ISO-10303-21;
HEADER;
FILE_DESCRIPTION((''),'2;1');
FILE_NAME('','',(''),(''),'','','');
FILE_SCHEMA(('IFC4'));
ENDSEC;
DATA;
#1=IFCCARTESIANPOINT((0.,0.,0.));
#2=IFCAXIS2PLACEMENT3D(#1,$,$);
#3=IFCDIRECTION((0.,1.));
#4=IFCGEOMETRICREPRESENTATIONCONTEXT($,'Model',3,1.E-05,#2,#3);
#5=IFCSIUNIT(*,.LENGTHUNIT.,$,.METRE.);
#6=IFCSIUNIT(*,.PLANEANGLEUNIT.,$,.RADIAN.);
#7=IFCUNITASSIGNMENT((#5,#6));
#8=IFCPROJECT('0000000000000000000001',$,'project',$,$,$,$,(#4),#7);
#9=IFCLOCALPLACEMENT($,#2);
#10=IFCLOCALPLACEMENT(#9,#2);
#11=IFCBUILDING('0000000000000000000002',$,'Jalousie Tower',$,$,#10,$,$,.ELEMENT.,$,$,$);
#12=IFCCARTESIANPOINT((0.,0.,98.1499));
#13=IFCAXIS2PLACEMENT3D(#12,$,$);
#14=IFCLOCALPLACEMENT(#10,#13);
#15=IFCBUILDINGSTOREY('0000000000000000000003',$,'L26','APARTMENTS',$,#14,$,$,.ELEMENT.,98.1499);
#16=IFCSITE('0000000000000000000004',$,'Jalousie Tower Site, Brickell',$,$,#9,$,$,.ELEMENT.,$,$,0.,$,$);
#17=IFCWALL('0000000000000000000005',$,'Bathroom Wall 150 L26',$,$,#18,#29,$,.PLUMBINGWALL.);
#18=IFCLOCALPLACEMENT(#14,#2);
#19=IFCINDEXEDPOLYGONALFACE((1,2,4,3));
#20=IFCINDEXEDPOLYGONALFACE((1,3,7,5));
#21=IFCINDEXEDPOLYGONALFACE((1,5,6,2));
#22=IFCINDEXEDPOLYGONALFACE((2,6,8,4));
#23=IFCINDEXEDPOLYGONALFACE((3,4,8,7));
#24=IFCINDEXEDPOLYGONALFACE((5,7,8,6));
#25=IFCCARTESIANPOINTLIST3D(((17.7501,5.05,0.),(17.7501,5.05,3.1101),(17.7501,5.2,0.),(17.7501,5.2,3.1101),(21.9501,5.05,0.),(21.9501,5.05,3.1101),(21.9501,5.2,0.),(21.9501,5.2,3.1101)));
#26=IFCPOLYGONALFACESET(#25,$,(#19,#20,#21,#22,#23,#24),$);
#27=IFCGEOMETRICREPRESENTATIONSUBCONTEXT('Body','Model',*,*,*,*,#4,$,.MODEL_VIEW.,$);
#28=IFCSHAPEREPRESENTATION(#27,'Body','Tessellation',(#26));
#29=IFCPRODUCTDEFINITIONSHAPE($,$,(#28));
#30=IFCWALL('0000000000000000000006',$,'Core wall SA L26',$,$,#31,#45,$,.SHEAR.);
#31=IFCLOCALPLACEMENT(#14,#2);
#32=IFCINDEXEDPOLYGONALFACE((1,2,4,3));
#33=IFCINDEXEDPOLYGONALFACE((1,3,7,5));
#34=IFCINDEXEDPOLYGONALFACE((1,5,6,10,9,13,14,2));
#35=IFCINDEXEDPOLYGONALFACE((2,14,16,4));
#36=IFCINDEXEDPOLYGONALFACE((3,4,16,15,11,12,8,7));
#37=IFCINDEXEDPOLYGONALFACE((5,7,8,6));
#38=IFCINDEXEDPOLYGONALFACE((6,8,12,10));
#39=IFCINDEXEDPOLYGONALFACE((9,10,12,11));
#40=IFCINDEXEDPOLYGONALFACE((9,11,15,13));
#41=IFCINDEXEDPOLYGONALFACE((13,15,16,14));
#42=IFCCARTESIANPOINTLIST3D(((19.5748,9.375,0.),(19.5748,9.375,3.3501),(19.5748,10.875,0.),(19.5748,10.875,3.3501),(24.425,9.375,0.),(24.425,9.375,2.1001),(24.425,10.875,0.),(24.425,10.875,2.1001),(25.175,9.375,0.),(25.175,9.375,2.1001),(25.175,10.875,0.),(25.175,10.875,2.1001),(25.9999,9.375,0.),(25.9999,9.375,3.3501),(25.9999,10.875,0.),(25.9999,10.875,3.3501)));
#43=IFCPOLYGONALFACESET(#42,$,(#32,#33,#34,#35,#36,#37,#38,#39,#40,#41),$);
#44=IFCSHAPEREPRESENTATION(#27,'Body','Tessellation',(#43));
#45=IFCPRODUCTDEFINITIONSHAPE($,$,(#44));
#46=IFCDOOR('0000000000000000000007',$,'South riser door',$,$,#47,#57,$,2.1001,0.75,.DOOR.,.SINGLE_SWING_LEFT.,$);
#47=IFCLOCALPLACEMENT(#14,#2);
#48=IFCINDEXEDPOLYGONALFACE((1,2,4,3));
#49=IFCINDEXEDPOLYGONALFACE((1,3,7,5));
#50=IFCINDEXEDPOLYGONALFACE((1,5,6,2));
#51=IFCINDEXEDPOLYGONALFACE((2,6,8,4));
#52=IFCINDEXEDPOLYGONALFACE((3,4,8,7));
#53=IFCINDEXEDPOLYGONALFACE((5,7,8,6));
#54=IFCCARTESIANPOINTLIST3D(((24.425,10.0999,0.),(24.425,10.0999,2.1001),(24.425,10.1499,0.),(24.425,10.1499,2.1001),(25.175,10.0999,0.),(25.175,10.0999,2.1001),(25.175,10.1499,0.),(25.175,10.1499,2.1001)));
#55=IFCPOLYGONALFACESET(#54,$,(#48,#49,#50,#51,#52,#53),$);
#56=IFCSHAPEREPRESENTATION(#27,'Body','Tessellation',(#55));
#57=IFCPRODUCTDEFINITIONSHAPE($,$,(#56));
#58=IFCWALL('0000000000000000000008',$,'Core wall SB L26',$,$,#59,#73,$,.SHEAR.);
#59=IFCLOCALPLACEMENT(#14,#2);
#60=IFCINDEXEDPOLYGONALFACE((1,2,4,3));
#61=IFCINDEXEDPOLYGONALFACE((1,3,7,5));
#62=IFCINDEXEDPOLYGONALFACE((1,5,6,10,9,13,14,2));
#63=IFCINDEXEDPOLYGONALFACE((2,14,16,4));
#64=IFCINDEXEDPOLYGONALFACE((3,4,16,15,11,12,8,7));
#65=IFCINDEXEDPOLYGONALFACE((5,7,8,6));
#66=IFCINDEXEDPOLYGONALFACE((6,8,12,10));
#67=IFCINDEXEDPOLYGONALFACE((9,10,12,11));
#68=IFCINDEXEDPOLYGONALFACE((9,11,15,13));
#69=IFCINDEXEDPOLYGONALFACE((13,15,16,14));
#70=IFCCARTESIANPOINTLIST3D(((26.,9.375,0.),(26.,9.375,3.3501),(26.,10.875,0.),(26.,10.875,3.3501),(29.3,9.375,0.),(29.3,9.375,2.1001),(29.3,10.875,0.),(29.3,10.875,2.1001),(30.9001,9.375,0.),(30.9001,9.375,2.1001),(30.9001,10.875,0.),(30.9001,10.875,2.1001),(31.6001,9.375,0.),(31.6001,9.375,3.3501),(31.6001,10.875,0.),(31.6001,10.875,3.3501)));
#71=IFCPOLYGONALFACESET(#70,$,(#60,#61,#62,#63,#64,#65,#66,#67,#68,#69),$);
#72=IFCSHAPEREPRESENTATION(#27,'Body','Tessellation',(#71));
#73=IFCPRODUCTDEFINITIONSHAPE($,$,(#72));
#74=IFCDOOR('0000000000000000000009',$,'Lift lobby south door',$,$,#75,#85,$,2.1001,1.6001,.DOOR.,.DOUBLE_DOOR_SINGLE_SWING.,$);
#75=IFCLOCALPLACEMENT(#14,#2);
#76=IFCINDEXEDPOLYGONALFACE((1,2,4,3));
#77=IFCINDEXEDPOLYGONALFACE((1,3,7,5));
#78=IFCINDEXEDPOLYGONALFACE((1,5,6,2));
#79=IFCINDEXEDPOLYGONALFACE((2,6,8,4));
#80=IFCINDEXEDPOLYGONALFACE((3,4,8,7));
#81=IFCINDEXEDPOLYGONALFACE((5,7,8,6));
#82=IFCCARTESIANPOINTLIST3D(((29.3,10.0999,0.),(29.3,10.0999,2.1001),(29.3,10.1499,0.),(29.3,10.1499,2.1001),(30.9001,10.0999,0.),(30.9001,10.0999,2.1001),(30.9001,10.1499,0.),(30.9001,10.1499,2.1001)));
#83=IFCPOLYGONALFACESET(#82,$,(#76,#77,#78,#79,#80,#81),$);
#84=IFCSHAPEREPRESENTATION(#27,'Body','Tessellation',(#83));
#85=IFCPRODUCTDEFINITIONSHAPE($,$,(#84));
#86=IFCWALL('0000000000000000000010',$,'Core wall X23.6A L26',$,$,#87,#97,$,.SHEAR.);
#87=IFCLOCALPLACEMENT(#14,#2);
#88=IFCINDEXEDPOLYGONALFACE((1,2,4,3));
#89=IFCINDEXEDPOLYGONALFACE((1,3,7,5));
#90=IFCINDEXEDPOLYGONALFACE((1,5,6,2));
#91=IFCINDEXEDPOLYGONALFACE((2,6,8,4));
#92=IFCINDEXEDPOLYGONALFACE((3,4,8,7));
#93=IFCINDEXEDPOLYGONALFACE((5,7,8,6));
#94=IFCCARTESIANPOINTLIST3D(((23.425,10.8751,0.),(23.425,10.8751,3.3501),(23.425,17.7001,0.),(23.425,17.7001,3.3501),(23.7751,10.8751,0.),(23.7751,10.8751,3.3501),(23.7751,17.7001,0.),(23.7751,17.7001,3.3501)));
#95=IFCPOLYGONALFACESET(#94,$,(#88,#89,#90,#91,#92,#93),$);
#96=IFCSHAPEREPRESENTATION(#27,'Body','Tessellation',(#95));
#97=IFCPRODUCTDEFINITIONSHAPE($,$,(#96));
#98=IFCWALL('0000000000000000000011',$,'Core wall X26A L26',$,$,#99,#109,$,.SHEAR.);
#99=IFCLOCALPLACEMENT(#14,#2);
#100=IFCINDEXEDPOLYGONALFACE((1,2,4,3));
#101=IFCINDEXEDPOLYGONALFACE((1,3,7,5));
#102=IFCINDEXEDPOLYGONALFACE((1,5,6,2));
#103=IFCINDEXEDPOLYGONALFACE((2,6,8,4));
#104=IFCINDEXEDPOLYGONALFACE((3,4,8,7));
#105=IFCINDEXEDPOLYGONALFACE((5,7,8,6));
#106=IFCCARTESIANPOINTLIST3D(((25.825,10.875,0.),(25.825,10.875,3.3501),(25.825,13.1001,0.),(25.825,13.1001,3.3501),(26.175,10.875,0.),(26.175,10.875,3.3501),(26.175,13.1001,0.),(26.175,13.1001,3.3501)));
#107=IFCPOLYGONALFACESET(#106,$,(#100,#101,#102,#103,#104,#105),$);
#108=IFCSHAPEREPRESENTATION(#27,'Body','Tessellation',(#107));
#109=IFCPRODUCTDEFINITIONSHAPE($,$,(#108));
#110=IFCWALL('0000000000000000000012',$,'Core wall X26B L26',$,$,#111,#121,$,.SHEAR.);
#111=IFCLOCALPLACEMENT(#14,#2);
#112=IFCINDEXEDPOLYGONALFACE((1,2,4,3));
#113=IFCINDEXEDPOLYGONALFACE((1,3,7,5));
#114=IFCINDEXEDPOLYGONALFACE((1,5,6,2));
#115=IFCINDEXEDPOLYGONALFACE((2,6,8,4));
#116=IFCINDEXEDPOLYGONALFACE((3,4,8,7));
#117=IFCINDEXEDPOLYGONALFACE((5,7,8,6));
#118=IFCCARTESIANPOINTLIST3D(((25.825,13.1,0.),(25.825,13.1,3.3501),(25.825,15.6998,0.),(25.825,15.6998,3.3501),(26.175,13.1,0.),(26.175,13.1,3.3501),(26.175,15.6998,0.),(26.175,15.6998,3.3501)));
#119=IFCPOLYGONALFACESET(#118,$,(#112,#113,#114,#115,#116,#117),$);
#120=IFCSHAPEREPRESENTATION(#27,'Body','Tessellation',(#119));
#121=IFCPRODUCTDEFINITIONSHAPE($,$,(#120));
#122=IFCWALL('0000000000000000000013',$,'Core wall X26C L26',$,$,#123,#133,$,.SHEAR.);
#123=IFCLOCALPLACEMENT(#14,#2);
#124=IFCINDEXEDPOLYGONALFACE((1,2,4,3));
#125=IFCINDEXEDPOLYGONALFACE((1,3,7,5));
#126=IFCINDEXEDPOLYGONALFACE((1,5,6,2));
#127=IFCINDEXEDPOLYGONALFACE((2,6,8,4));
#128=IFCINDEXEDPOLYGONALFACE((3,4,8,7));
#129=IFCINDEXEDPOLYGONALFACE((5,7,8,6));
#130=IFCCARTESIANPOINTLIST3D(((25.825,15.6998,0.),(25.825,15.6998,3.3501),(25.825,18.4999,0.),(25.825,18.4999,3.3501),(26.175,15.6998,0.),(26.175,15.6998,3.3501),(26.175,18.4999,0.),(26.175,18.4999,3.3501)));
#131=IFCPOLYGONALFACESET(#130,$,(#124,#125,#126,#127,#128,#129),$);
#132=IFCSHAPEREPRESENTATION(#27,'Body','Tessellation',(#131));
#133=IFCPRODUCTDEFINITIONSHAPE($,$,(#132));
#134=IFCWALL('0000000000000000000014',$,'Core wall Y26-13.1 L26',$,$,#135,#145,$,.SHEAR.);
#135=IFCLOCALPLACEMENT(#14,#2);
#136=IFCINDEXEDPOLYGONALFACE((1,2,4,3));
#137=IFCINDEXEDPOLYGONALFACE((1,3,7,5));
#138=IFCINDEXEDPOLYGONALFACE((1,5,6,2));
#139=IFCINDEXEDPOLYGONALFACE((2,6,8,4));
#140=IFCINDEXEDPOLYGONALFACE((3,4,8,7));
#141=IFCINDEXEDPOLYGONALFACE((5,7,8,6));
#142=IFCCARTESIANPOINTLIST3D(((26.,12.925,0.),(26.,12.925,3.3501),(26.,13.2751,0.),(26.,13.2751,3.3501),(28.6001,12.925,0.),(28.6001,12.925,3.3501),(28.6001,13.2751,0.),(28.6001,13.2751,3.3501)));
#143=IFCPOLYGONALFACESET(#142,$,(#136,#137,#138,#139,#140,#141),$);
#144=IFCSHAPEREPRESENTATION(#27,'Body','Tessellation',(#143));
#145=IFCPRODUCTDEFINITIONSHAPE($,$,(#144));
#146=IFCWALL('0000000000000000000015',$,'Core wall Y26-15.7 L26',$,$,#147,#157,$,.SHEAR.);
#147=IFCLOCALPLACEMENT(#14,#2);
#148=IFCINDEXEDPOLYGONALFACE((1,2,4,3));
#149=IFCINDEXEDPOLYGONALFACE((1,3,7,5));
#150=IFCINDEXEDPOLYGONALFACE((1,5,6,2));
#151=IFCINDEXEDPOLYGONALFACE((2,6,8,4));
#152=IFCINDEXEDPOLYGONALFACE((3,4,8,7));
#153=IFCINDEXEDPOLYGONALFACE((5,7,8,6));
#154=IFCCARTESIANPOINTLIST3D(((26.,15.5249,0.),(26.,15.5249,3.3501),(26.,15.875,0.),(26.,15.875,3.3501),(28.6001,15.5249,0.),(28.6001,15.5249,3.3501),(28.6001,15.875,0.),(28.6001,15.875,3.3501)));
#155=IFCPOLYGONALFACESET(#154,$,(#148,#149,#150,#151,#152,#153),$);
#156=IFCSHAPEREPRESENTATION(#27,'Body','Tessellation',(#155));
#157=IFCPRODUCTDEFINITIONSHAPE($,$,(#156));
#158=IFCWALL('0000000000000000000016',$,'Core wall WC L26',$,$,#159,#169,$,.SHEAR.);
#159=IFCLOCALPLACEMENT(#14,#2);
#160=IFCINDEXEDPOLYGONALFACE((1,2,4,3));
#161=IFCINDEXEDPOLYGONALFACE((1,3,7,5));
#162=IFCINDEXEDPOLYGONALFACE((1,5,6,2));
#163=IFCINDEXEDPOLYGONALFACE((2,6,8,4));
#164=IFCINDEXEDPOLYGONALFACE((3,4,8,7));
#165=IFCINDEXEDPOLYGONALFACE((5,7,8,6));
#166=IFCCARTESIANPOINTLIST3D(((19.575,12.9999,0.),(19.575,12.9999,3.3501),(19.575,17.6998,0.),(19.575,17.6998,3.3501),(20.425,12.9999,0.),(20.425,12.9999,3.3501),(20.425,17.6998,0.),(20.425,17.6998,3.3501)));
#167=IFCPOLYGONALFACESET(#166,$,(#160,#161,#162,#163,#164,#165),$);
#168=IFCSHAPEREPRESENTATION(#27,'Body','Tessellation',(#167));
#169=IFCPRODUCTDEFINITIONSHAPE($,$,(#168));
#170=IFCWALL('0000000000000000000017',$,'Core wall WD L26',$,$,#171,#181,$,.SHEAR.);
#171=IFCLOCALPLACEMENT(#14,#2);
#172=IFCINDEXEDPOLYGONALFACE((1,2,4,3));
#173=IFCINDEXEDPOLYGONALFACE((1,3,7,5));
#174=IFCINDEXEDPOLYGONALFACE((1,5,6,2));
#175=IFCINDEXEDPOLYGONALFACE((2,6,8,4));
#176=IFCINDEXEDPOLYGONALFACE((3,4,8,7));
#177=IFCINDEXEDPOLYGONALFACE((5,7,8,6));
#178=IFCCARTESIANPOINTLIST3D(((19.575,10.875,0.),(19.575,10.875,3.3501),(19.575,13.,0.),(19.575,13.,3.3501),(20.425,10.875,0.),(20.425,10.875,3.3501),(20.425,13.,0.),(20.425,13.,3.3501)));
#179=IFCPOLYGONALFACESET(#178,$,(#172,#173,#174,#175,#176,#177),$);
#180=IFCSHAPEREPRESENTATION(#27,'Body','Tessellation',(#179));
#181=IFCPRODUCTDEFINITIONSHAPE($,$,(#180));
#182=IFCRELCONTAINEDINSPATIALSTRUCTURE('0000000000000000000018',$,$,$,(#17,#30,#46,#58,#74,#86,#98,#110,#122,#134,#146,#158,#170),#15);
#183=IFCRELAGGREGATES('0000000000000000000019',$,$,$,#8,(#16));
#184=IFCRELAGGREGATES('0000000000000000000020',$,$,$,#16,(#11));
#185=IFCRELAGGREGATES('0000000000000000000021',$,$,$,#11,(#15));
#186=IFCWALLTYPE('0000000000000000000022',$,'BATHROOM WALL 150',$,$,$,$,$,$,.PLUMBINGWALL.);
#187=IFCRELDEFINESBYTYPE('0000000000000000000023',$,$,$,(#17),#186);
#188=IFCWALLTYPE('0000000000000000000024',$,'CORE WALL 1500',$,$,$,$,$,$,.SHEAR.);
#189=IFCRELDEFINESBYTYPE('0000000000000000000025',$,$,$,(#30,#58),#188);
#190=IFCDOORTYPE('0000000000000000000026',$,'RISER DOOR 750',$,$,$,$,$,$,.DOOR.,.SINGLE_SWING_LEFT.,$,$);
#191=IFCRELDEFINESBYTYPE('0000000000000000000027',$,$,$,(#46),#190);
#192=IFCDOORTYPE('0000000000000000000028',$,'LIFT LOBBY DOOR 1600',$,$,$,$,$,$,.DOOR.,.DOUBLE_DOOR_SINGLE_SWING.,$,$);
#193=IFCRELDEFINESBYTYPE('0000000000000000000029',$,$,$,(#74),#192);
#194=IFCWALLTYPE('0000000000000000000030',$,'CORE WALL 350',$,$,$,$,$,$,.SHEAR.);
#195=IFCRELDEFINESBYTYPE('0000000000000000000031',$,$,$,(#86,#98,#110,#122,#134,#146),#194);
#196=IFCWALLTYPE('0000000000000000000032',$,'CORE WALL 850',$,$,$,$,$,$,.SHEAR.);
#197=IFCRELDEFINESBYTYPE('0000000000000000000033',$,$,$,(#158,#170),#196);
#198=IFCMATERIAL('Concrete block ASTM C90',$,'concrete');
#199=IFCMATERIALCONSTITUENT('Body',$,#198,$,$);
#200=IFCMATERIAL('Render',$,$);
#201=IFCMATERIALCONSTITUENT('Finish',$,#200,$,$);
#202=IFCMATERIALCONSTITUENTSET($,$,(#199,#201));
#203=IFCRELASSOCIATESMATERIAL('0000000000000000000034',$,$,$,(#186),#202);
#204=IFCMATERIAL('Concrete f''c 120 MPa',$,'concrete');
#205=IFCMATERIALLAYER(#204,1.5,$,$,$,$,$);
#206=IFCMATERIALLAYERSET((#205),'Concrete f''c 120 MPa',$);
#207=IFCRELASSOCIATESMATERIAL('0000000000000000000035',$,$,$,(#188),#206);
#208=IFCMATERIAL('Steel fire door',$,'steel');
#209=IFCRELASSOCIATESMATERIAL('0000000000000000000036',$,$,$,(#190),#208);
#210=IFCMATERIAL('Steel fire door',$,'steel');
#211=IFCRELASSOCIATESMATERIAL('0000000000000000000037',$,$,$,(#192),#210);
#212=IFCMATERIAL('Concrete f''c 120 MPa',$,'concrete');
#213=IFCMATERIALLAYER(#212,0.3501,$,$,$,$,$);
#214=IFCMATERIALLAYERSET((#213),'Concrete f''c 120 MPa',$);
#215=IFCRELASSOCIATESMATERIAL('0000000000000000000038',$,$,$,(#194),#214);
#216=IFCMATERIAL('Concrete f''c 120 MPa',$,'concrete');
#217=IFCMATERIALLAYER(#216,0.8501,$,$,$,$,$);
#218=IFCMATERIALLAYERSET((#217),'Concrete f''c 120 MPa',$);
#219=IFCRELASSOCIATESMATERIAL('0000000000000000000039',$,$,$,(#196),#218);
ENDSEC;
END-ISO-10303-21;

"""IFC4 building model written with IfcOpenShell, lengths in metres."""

from ifc_helpers import new_model, si_unit, direction, frame, frame_2d, origin, place, context, subcontext, project, spatial, rectangle, extrude, material, layer, layer_set, constituent, constituent_set, type_object, element, fill, save


model = new_model("IFC4")

# Units and contexts
model_context = context("Model", 3, precision=1e-05, world=origin(), true_north=direction((0.0, 1.0)))
body_context = subcontext(model_context, "Body", "Model", "MODEL_VIEW")
ifc_project = project(units=[si_unit("LENGTHUNIT", "METRE"), si_unit("PLANEANGLEUNIT", "RADIAN")], contexts=[model_context])

# Site, building, storey
site_placement = place(None, origin())
site = spatial("IfcSite", under=ifc_project, at=site_placement, Name="Jalousie Tower Site, Brickell", CompositionType="ELEMENT", RefElevation=0.0)
building_placement = place(site_placement, origin())
building = spatial("IfcBuilding", under=site, at=building_placement, Name="Jalousie Tower", CompositionType="ELEMENT")
storey_placement = place(building_placement, frame((0.0, 0.0, 98.1499)))
storey = spatial("IfcBuildingStorey", under=building, at=storey_placement, Name="L26", Description="APARTMENTS", CompositionType="ELEMENT", Elevation=98.1499)

# Wall
ifc_material_1 = material(Name="Concrete block ASTM C90", Category="concrete")
ifc_constituent_1 = constituent(ifc_material_1, Name="Body")
ifc_material_2 = material(Name="Render")
ifc_constituent_2 = constituent(ifc_material_2, Name="Finish")
ifc_constituent_set_1 = constituent_set(constituents=[ifc_constituent_1, ifc_constituent_2])
wall_type_1 = type_object("IfcWallType", Name="BATHROOM WALL 150", PredefinedType="PLUMBINGWALL", material=ifc_constituent_set_1)
wall_1_placement = place(storey_placement, frame((17.75, 5.125, 0.0), z_axis=(0.0, 0.0, 1.0), x_axis=(1.0, 0.0, 0.0)))
element("IfcWall", 1, at=wall_1_placement, inside=storey, type_object=wall_type_1, Name="Bathroom Wall 150 L26", PredefinedType="PLUMBINGWALL", context=body_context, shape_type="SweptSolid", body=[
    extrude(rectangle(XDim=4.2, YDim=0.1499, at=frame_2d((2.1001, 0.0))), origin(), (0.0, 0.0, 1.0), 3.1101),
])

# Walls, openings, doors
ifc_material_3 = material(Name="Concrete f'c 120 MPa", Category="concrete")
ifc_layer_1 = layer(ifc_material_3, 1.5)
ifc_layer_set_1 = layer_set([ifc_layer_1], Name="Concrete f'c 120 MPa")
wall_type_2 = type_object("IfcWallType", Name="CORE WALL 1500", PredefinedType="SHEAR", material=ifc_layer_set_1)
wall_2_placement = place(storey_placement, frame((19.575, 10.125, 0.0), z_axis=(0.0, 0.0, 1.0), x_axis=(1.0, 0.0, 0.0)))
wall_2 = element("IfcWall", 2, at=wall_2_placement, inside=storey, type_object=wall_type_2, Name="Core wall SA L26", PredefinedType="SHEAR", context=body_context, shape_type="SweptSolid", body=[
    extrude(rectangle(XDim=6.425, YDim=1.5, at=frame_2d((3.2124, 0.0))), origin(), (0.0, 0.0, 1.0), 3.3501),
])
opening_1_placement = place(wall_2_placement, frame((4.8501, 0.0, 0.0)))
opening_1 = element("IfcOpeningElement", 3, at=opening_1_placement, cuts=wall_2, PredefinedType="OPENING", context=body_context, shape_type="SweptSolid", body=[
    extrude(rectangle(XDim=0.75, YDim=2.1001, at=frame_2d((0.375, 1.05))), frame((0.0, 0.76, 0.0), z_axis=(0.0, -1.0, 0.0), x_axis=(1.0, 0.0, 0.0)), (0.0, 0.0, 1.0), 1.52),
])
ifc_material_4 = material(Name="Steel fire door", Category="steel")
door_type_1 = type_object("IfcDoorType", Name="RISER DOOR 750", OperationType="SINGLE_SWING_LEFT", PredefinedType="DOOR", material=ifc_material_4)
door_1_placement = place(opening_1_placement, origin())
door_1 = element("IfcDoor", 4, at=door_1_placement, inside=storey, type_object=door_type_1, Name="South riser door", OperationType="SINGLE_SWING_LEFT", OverallHeight=2.1001, OverallWidth=0.75, PredefinedType="DOOR", context=body_context, shape_type="SweptSolid", body=[
    extrude(rectangle(XDim=0.75, YDim=2.1001, at=frame_2d((0.375, 1.05))), frame((0.0, 0.0249, 0.0), z_axis=(0.0, -1.0, 0.0), x_axis=(1.0, 0.0, 0.0)), (0.0, 0.0, 1.0), 0.05),
])
fill(opening_1, door_1)
wall_3_placement = place(storey_placement, frame((26.0, 10.125, 0.0), z_axis=(0.0, 0.0, 1.0), x_axis=(1.0, 0.0, 0.0)))
wall_3 = element("IfcWall", 5, at=wall_3_placement, inside=storey, type_object=wall_type_2, Name="Core wall SB L26", PredefinedType="SHEAR", context=body_context, shape_type="SweptSolid", body=[
    extrude(rectangle(XDim=5.6001, YDim=1.5, at=frame_2d((2.8, 0.0))), origin(), (0.0, 0.0, 1.0), 3.3501),
])
opening_2_placement = place(wall_3_placement, frame((3.3, 0.0, 0.0)))
opening_2 = element("IfcOpeningElement", 6, at=opening_2_placement, cuts=wall_3, PredefinedType="OPENING", context=body_context, shape_type="SweptSolid", body=[
    extrude(rectangle(XDim=1.6001, YDim=2.1001, at=frame_2d((0.8, 1.05))), frame((0.0, 0.76, 0.0), z_axis=(0.0, -1.0, 0.0), x_axis=(1.0, 0.0, 0.0)), (0.0, 0.0, 1.0), 1.52),
])
ifc_material_5 = material(Name="Steel fire door", Category="steel")
door_type_2 = type_object("IfcDoorType", Name="LIFT LOBBY DOOR 1600", OperationType="DOUBLE_DOOR_SINGLE_SWING", PredefinedType="DOOR", material=ifc_material_5)
door_2_placement = place(opening_2_placement, origin())
door_2 = element("IfcDoor", 7, at=door_2_placement, inside=storey, type_object=door_type_2, Name="Lift lobby south door", OperationType="DOUBLE_DOOR_SINGLE_SWING", OverallHeight=2.1001, OverallWidth=1.6001, PredefinedType="DOOR", context=body_context, shape_type="SweptSolid", body=[
    extrude(rectangle(XDim=1.6001, YDim=2.1001, at=frame_2d((0.8, 1.05))), frame((0.0, 0.0249, 0.0), z_axis=(0.0, -1.0, 0.0), x_axis=(1.0, 0.0, 0.0)), (0.0, 0.0, 1.0), 0.05),
])
fill(opening_2, door_2)

# Walls
ifc_material_6 = material(Name="Concrete f'c 120 MPa", Category="concrete")
ifc_layer_2 = layer(ifc_material_6, 0.3501)
ifc_layer_set_2 = layer_set([ifc_layer_2], Name="Concrete f'c 120 MPa")
wall_type_3 = type_object("IfcWallType", Name="CORE WALL 350", PredefinedType="SHEAR", material=ifc_layer_set_2)
wall_4_placement = place(storey_placement, frame((23.6001, 10.875, 0.0), z_axis=(0.0, 0.0, 1.0), x_axis=(0.0, 1.0, 0.0)))
element("IfcWall", 8, at=wall_4_placement, inside=storey, type_object=wall_type_3, Name="Core wall X23.6A L26", PredefinedType="SHEAR", context=body_context, shape_type="SweptSolid", body=[
    extrude(rectangle(XDim=6.825, YDim=0.3501, at=frame_2d((3.4126, 0.0))), origin(), (0.0, 0.0, 1.0), 3.3501),
])
wall_5_placement = place(storey_placement, frame((26.0, 10.875, 0.0), z_axis=(0.0, 0.0, 1.0), x_axis=(0.0, 1.0, 0.0)))
element("IfcWall", 9, at=wall_5_placement, inside=storey, type_object=wall_type_3, Name="Core wall X26A L26", PredefinedType="SHEAR", context=body_context, shape_type="SweptSolid", body=[
    extrude(rectangle(XDim=2.2251, YDim=0.3501, at=frame_2d((1.1125, 0.0))), origin(), (0.0, 0.0, 1.0), 3.3501),
])
wall_6_placement = place(storey_placement, frame((26.0, 13.1001, 0.0), z_axis=(0.0, 0.0, 1.0), x_axis=(0.0, 1.0, 0.0)))
element("IfcWall", 10, at=wall_6_placement, inside=storey, type_object=wall_type_3, Name="Core wall X26B L26", PredefinedType="SHEAR", context=body_context, shape_type="SweptSolid", body=[
    extrude(rectangle(XDim=2.5999, YDim=0.3501, at=frame_2d((1.2998, 0.0))), origin(), (0.0, 0.0, 1.0), 3.3501),
])
wall_7_placement = place(storey_placement, frame((26.0, 15.7, 0.0), z_axis=(0.0, 0.0, 1.0), x_axis=(0.0, 1.0, 0.0)))
element("IfcWall", 11, at=wall_7_placement, inside=storey, type_object=wall_type_3, Name="Core wall X26C L26", PredefinedType="SHEAR", context=body_context, shape_type="SweptSolid", body=[
    extrude(rectangle(XDim=2.8, YDim=0.3501, at=frame_2d((1.3999, 0.0))), origin(), (0.0, 0.0, 1.0), 3.3501),
])
for number, where, z_axis, x_axis, name in (
    (12, (26.0, 13.1001, 0.0), (0.0, 0.0, 1.0), (1.0, 0.0, 0.0), "Core wall Y26-13.1 L26"),
    (13, (26.0, 15.7, 0.0), (0.0, 0.0, 1.0), (1.0, 0.0, 0.0), "Core wall Y26-15.7 L26"),
):
    element("IfcWall", number, at=place(storey_placement, frame(where, z_axis=z_axis, x_axis=x_axis)), inside=storey, type_object=wall_type_3, Name=name, PredefinedType="SHEAR", context=body_context, shape_type="SweptSolid", body=[
        extrude(rectangle(XDim=2.6001, YDim=0.3501, at=frame_2d((1.3, 0.0))), origin(), (0.0, 0.0, 1.0), 3.3501),
    ])
ifc_material_7 = material(Name="Concrete f'c 120 MPa", Category="concrete")
ifc_layer_3 = layer(ifc_material_7, 0.8501)
ifc_layer_set_3 = layer_set([ifc_layer_3], Name="Concrete f'c 120 MPa")
wall_type_4 = type_object("IfcWallType", Name="CORE WALL 850", PredefinedType="SHEAR", material=ifc_layer_set_3)
wall_8_placement = place(storey_placement, frame((20.0, 17.7, 0.0), z_axis=(0.0, 0.0, 1.0), x_axis=(0.0, -1.0, 0.0)))
element("IfcWall", 14, at=wall_8_placement, inside=storey, type_object=wall_type_4, Name="Core wall WC L26", PredefinedType="SHEAR", context=body_context, shape_type="SweptSolid", body=[
    extrude(rectangle(XDim=4.7, YDim=0.8501, at=frame_2d((2.3501, 0.0))), origin(), (0.0, 0.0, 1.0), 3.3501),
])
wall_9_placement = place(storey_placement, frame((20.0, 13.0, 0.0), z_axis=(0.0, 0.0, 1.0), x_axis=(0.0, -1.0, 0.0)))
element("IfcWall", 15, at=wall_9_placement, inside=storey, type_object=wall_type_4, Name="Core wall WD L26", PredefinedType="SHEAR", context=body_context, shape_type="SweptSolid", body=[
    extrude(rectangle(XDim=2.125, YDim=0.8501, at=frame_2d((1.0625, 0.0))), origin(), (0.0, 0.0, 1.0), 3.3501),
])

save(model, "model.ifc")
